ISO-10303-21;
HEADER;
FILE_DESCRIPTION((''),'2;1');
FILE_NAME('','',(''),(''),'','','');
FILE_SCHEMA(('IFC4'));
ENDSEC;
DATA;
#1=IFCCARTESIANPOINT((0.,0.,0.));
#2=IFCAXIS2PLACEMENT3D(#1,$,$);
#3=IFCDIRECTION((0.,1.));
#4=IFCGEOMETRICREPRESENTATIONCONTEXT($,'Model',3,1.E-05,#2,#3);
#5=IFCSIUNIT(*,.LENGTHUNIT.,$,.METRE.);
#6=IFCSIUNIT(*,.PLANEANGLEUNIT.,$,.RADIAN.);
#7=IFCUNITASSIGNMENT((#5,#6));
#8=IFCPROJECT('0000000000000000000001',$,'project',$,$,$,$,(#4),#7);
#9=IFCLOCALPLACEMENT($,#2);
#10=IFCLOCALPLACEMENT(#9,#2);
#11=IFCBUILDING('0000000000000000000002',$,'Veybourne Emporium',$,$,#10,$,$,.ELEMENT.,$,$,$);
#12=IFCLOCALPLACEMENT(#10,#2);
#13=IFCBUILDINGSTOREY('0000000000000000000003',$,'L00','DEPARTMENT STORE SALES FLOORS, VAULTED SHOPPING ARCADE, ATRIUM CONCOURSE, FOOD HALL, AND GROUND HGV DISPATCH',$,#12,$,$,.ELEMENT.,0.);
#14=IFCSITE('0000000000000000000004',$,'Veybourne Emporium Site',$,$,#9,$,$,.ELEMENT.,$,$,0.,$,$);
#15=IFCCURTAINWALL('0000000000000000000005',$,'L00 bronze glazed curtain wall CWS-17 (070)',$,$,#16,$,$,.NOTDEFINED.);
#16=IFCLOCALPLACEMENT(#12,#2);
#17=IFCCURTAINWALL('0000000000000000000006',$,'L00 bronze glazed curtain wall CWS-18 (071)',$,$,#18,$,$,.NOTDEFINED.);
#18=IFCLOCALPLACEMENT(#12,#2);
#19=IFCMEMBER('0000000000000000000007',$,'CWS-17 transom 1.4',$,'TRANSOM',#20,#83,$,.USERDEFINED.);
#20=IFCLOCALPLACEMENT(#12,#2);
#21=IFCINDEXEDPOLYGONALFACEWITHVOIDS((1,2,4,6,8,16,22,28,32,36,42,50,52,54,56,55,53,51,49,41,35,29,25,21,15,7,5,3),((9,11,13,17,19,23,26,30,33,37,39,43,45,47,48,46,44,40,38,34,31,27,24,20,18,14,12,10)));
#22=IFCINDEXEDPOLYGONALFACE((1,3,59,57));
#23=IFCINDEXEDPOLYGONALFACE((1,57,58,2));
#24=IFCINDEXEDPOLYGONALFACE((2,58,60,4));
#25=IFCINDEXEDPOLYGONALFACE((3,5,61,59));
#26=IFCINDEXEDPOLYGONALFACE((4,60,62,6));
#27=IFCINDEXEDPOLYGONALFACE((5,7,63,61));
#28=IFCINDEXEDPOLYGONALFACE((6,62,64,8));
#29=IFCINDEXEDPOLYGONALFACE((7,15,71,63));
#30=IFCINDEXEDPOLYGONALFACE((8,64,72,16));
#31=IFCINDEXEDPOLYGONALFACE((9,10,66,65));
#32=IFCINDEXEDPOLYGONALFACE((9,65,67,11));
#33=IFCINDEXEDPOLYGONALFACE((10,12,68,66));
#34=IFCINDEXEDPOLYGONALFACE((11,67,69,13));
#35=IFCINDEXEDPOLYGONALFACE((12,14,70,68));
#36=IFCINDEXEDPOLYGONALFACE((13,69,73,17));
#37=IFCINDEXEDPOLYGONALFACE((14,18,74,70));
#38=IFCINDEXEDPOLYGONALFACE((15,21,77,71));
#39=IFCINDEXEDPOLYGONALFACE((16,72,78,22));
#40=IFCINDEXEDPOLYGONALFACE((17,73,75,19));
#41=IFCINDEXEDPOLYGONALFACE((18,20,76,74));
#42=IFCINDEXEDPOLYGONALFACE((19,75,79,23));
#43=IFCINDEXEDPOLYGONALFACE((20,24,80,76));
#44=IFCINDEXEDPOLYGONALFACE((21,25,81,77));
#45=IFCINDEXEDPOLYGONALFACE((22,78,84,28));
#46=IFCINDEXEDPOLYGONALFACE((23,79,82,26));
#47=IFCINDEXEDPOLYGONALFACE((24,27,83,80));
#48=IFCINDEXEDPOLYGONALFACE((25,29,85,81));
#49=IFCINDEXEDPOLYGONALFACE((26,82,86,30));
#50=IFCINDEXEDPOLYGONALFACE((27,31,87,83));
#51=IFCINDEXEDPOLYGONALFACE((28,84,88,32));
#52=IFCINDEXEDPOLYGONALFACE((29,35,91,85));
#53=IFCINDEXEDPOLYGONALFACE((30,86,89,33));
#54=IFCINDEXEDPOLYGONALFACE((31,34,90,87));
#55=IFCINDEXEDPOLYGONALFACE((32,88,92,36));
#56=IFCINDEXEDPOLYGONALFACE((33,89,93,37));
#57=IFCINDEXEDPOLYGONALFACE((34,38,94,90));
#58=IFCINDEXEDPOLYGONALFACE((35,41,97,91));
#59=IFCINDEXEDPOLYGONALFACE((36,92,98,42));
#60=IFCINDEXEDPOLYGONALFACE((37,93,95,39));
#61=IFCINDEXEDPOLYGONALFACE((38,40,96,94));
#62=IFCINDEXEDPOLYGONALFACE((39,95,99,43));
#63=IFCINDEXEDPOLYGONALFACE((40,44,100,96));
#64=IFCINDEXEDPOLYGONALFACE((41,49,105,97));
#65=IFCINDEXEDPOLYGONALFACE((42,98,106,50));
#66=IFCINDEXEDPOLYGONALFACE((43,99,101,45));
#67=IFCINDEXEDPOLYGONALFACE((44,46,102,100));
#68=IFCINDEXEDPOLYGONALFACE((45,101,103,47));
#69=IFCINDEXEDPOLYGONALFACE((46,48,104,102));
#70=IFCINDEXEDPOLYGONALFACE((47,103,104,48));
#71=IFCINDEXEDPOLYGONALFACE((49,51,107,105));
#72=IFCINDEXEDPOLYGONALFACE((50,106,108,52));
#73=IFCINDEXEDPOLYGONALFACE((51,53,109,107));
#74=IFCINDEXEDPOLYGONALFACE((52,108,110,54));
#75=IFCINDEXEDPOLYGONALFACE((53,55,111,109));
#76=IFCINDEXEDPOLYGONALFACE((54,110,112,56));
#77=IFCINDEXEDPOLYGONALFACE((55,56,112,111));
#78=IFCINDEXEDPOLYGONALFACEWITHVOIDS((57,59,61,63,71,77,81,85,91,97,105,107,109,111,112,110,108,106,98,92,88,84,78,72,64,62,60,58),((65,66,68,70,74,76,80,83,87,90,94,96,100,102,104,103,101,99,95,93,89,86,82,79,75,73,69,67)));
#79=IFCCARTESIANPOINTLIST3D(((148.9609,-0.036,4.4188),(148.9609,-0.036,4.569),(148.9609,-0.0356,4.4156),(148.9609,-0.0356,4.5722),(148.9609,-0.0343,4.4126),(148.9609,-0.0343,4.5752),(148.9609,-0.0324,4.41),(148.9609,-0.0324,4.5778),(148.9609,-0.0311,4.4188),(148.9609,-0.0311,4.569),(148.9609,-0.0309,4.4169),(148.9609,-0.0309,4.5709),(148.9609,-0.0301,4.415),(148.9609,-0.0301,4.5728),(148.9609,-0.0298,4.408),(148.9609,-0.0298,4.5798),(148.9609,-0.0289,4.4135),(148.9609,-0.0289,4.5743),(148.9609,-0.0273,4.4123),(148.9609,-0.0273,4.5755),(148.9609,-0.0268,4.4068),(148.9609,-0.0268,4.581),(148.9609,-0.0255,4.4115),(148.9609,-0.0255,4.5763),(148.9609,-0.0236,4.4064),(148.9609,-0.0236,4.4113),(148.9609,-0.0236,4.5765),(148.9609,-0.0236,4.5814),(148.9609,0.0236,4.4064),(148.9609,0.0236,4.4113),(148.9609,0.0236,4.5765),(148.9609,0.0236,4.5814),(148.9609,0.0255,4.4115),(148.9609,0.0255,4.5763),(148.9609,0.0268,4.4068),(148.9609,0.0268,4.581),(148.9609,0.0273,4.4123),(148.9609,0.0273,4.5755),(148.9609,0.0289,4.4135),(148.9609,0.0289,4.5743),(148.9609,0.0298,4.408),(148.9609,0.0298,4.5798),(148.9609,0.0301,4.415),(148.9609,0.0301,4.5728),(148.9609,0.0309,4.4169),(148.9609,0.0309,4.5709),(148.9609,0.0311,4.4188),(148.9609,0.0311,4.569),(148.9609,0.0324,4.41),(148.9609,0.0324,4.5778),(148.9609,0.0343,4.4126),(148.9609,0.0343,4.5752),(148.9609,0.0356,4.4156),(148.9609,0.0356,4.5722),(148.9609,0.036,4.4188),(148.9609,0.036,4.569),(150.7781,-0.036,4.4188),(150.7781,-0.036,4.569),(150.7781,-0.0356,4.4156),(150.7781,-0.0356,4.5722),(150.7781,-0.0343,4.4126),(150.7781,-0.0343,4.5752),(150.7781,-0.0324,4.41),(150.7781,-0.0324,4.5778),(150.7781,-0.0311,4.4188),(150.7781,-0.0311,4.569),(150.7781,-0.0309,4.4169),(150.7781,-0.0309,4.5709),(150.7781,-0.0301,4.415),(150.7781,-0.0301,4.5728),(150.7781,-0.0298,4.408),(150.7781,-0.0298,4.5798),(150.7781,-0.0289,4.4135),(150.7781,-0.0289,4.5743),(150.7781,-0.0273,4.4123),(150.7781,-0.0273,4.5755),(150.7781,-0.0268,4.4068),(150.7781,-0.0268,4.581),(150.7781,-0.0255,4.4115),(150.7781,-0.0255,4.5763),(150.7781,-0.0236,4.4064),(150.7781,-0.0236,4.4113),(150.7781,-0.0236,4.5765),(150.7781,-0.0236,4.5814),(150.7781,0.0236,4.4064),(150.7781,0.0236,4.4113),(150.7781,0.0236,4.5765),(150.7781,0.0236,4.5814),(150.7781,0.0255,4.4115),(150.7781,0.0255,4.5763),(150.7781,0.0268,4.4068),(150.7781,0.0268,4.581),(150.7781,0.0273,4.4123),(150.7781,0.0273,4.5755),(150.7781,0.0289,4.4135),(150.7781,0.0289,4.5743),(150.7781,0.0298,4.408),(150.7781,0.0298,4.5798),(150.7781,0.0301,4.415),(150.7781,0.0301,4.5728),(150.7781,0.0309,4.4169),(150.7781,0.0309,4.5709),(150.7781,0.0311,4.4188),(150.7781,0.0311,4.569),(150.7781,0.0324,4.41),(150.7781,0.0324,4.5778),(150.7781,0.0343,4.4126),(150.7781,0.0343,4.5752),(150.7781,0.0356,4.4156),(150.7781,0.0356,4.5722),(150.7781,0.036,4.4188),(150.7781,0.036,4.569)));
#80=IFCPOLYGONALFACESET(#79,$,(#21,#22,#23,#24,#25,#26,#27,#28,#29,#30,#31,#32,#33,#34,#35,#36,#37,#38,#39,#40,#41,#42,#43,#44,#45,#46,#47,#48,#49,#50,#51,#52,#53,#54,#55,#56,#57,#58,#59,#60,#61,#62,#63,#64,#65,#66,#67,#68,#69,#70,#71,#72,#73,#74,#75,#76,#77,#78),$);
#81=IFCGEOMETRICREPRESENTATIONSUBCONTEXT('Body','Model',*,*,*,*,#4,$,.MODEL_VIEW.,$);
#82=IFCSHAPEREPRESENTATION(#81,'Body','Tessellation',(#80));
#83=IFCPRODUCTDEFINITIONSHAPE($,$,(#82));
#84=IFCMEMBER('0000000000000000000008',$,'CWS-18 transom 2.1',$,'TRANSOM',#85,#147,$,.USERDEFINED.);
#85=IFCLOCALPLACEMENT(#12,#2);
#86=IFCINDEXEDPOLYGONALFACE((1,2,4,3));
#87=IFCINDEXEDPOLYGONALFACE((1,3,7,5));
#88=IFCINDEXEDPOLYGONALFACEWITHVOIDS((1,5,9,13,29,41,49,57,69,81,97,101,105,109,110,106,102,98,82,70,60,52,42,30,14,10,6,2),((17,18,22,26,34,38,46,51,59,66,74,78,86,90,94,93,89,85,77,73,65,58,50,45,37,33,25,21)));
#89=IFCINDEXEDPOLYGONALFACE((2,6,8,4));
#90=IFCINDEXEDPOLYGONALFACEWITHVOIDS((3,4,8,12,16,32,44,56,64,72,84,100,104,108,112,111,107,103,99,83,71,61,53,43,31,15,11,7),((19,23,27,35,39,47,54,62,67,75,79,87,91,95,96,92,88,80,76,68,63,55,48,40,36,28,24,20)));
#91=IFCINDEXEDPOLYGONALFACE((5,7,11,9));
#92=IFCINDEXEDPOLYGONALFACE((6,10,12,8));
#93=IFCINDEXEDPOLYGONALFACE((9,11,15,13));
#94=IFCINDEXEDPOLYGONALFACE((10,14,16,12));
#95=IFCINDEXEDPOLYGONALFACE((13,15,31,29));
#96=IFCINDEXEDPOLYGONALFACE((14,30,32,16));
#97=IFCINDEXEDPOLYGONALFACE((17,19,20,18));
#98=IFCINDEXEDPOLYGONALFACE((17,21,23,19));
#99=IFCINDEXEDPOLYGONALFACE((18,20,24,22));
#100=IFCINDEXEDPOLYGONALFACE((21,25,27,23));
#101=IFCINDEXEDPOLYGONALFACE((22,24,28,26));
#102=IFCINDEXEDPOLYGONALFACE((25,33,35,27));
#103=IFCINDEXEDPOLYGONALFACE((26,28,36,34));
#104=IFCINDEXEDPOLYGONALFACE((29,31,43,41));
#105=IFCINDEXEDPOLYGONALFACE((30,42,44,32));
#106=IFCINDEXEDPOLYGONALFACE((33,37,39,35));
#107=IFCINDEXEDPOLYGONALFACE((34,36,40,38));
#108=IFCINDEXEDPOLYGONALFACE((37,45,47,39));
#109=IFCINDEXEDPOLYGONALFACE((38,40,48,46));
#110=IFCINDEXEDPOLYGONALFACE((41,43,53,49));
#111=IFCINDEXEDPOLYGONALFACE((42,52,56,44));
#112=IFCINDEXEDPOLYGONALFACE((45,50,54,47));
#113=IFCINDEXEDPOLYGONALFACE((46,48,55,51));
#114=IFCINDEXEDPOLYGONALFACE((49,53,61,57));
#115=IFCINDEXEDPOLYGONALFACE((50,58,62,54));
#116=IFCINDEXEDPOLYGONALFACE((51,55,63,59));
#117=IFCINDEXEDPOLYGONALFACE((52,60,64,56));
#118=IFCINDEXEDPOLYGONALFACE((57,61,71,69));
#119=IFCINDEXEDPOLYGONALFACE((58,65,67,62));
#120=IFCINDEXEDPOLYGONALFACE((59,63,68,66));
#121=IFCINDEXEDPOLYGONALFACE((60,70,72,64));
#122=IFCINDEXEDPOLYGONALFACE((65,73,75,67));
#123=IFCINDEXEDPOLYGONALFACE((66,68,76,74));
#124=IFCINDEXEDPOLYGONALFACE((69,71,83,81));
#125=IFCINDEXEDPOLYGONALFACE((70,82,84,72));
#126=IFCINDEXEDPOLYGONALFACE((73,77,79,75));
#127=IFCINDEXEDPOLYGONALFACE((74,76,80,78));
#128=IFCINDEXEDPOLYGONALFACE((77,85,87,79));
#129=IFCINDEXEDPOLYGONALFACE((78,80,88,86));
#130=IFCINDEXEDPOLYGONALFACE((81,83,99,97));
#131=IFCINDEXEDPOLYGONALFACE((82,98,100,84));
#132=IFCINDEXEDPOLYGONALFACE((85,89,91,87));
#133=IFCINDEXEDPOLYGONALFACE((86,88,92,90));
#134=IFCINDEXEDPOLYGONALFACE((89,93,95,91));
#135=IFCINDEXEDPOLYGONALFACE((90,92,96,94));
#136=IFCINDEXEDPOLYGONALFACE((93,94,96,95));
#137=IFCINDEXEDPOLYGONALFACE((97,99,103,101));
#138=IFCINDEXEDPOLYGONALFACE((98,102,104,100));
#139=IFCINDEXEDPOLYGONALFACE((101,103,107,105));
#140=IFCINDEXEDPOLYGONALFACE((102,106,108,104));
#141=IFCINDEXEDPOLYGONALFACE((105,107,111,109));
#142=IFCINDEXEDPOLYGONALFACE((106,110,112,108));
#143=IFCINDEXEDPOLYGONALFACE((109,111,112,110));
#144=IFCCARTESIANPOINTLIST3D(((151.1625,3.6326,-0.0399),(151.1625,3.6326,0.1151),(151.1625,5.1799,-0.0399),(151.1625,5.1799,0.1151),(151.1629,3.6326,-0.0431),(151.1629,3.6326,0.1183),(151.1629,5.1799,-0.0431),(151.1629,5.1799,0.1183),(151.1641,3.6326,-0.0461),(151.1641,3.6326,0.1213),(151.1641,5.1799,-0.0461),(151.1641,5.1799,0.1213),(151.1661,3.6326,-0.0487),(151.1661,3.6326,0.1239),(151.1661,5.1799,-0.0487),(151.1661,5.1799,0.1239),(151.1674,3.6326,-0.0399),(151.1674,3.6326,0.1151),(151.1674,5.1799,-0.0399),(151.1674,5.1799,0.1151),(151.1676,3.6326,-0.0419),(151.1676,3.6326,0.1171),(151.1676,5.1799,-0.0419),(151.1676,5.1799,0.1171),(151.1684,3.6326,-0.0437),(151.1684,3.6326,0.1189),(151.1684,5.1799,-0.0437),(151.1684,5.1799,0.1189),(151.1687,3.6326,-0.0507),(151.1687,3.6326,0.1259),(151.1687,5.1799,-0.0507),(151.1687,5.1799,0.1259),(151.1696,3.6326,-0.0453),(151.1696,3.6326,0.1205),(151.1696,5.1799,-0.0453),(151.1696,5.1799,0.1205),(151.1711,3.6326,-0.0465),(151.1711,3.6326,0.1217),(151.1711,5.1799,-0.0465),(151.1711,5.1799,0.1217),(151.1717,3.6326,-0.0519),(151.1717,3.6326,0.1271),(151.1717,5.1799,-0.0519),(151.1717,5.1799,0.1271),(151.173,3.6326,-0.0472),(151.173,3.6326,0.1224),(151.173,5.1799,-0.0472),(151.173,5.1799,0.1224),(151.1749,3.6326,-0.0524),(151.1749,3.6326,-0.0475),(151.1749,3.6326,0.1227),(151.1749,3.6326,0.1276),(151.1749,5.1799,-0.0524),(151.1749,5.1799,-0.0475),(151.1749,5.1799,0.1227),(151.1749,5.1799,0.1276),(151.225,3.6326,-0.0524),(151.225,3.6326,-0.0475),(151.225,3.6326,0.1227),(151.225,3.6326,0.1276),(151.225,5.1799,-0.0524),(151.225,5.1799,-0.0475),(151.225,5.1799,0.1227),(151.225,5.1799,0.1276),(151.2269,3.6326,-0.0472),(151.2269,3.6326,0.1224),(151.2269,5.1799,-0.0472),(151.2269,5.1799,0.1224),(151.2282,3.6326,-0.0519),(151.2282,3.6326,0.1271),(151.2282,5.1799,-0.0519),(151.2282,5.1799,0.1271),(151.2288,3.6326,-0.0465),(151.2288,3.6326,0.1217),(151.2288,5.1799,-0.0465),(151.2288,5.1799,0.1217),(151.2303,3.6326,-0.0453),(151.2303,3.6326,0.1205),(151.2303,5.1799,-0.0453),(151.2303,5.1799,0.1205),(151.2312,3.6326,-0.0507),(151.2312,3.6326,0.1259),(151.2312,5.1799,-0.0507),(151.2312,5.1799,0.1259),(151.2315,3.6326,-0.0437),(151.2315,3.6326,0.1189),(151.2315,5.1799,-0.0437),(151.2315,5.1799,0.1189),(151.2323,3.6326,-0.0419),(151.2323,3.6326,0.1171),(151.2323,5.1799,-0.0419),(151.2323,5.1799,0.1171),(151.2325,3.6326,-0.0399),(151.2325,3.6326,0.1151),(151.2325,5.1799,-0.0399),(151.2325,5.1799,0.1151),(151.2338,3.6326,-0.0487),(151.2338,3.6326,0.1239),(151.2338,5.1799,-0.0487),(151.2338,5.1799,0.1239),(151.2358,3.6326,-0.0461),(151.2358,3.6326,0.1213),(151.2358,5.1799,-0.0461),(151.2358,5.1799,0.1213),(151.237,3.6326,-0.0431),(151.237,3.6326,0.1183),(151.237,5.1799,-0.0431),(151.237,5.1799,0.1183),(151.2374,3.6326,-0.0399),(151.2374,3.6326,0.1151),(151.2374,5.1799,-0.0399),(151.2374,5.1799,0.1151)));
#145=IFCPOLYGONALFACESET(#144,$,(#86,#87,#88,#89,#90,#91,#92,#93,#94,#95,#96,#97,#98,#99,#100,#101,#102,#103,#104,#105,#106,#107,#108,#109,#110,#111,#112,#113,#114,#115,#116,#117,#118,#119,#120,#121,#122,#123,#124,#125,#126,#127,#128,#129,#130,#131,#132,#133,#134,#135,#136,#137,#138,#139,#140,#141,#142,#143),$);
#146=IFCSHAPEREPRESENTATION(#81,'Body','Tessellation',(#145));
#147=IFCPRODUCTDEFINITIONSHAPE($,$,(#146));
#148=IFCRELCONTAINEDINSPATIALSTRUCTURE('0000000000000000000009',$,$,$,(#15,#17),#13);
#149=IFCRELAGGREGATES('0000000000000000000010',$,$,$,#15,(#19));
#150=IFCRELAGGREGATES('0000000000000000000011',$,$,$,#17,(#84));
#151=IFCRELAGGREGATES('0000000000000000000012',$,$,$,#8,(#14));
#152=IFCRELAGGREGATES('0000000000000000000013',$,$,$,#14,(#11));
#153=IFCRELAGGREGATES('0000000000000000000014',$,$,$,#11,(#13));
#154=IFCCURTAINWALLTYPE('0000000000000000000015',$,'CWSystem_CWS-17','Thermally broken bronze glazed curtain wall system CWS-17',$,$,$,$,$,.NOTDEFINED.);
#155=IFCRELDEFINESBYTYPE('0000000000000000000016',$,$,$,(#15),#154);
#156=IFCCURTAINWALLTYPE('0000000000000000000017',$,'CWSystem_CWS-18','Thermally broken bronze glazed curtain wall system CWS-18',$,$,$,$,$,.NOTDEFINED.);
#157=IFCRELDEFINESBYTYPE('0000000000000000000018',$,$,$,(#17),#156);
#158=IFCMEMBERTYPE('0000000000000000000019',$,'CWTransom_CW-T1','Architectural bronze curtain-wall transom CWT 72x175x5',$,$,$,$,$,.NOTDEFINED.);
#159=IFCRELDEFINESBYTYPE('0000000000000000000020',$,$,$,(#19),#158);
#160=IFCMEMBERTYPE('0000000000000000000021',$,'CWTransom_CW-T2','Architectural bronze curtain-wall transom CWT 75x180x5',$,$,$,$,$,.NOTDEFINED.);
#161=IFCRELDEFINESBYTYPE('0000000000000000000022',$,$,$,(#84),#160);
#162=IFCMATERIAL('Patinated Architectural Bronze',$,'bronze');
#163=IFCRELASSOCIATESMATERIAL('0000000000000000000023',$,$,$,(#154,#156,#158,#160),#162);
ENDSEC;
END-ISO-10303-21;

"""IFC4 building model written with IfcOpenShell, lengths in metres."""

from ifc_helpers import new_model, si_unit, direction, frame, origin, origin_2d, place, context, subcontext, project, spatial, hollow_rectangle, extrude, material, material_profile, profile_set, type_object, element, aggregate, save


model = new_model("IFC4")

# Units and contexts
model_context = context("Model", 3, precision=1e-05, world=origin(), true_north=direction((0.0, 1.0)))
body_context = subcontext(model_context, "Body", "Model", "MODEL_VIEW")
ifc_project = project(units=[si_unit("LENGTHUNIT", "METRE"), si_unit("PLANEANGLEUNIT", "RADIAN")], contexts=[model_context])

# Site, building, storey
site_placement = place(None, origin())
site = spatial("IfcSite", under=ifc_project, at=site_placement, Name="Veybourne Emporium Site", CompositionType="ELEMENT", RefElevation=0.0)
building_placement = place(site_placement, origin())
building = spatial("IfcBuilding", under=site, at=building_placement, Name="Veybourne Emporium", CompositionType="ELEMENT")
storey_placement = place(building_placement, origin())
storey = spatial("IfcBuildingStorey", under=building, at=storey_placement, Name="L00", Description="DEPARTMENT STORE SALES FLOORS, VAULTED SHOPPING ARCADE, ATRIUM CONCOURSE, FOOD HALL, AND GROUND HGV DISPATCH", CompositionType="ELEMENT", Elevation=0.0)

# Curtain walls
ifc_material_1 = material(Name="Patinated Architectural Bronze", Category="bronze")
curtain_wall_type_1 = type_object("IfcCurtainWallType", Name="CWSystem_CWS-17", Description="Thermally broken bronze glazed curtain wall system CWS-17", PredefinedType="NOTDEFINED", material=ifc_material_1)
curtain_wall_1_placement = place(storey_placement, origin())
curtain_wall_1 = element("IfcCurtainWall", 1, at=curtain_wall_1_placement, inside=storey, type_object=curtain_wall_type_1, Name="L00 bronze glazed curtain wall CWS-17 (070)", PredefinedType="NOTDEFINED")
curtain_wall_type_2 = type_object("IfcCurtainWallType", Name="CWSystem_CWS-18", Description="Thermally broken bronze glazed curtain wall system CWS-18", PredefinedType="NOTDEFINED", material=ifc_material_1)
curtain_wall_2_placement = place(storey_placement, origin())
curtain_wall_2 = element("IfcCurtainWall", 2, at=curtain_wall_2_placement, inside=storey, type_object=curtain_wall_type_2, Name="L00 bronze glazed curtain wall CWS-18 (071)", PredefinedType="NOTDEFINED")

# Members
ifc_material_profile_1 = material_profile(ifc_material_1, hollow_rectangle(XDim=0.072, YDim=0.175, WallThickness=0.0049, InnerFilletRadius=0.0076, OuterFilletRadius=0.0125, at=origin_2d()), Name="CWT 72x175x5")
ifc_profile_set_1 = profile_set([ifc_material_profile_1], Name="Patinated Architectural Bronze")
member_type_1 = type_object("IfcMemberType", Name="CWTransom_CW-T1", Description="Architectural bronze curtain-wall transom CWT 72x175x5", PredefinedType="NOTDEFINED", material=ifc_profile_set_1)
member_1_placement = place(storey_placement, frame((150.7781, 0.0, 4.4939), z_axis=(-1.0, 0.0, 0.0), x_axis=(0.0, -1.0, 0.0)))
member_1 = element("IfcMember", 3, at=member_1_placement, type_object=member_type_1, Name="CWS-17 transom 1.4", ObjectType="TRANSOM", PredefinedType="USERDEFINED", context=body_context, shape_type="SweptSolid", body=[
    extrude(hollow_rectangle(XDim=0.072, YDim=0.175, WallThickness=0.0049, InnerFilletRadius=0.0076, OuterFilletRadius=0.0125, at=origin_2d()), origin(), (0.0, 0.0, 1.0), 1.8171),
])
ifc_material_profile_2 = material_profile(ifc_material_1, hollow_rectangle(XDim=0.075, YDim=0.1799, WallThickness=0.0049, InnerFilletRadius=0.0076, OuterFilletRadius=0.0125, at=origin_2d()), Name="CWT 75x180x5")
ifc_profile_set_2 = profile_set([ifc_material_profile_2], Name="Patinated Architectural Bronze")
member_type_2 = type_object("IfcMemberType", Name="CWTransom_CW-T2", Description="Architectural bronze curtain-wall transom CWT 75x180x5", PredefinedType="NOTDEFINED", material=ifc_profile_set_2)
member_2_placement = place(storey_placement, frame((151.2, 5.1799, 0.0376), z_axis=(0.0, -1.0, 0.0), x_axis=(1.0, 0.0, 0.0)))
member_2 = element("IfcMember", 4, at=member_2_placement, type_object=member_type_2, Name="CWS-18 transom 2.1", ObjectType="TRANSOM", PredefinedType="USERDEFINED", context=body_context, shape_type="SweptSolid", body=[
    extrude(hollow_rectangle(XDim=0.075, YDim=0.1799, WallThickness=0.0049, InnerFilletRadius=0.0076, OuterFilletRadius=0.0125, at=origin_2d()), origin(), (0.0, 0.0, 1.0), 1.5474),
])

aggregate(curtain_wall_1, [member_1])
aggregate(curtain_wall_2, [member_2])

save(model, "model.ifc")
